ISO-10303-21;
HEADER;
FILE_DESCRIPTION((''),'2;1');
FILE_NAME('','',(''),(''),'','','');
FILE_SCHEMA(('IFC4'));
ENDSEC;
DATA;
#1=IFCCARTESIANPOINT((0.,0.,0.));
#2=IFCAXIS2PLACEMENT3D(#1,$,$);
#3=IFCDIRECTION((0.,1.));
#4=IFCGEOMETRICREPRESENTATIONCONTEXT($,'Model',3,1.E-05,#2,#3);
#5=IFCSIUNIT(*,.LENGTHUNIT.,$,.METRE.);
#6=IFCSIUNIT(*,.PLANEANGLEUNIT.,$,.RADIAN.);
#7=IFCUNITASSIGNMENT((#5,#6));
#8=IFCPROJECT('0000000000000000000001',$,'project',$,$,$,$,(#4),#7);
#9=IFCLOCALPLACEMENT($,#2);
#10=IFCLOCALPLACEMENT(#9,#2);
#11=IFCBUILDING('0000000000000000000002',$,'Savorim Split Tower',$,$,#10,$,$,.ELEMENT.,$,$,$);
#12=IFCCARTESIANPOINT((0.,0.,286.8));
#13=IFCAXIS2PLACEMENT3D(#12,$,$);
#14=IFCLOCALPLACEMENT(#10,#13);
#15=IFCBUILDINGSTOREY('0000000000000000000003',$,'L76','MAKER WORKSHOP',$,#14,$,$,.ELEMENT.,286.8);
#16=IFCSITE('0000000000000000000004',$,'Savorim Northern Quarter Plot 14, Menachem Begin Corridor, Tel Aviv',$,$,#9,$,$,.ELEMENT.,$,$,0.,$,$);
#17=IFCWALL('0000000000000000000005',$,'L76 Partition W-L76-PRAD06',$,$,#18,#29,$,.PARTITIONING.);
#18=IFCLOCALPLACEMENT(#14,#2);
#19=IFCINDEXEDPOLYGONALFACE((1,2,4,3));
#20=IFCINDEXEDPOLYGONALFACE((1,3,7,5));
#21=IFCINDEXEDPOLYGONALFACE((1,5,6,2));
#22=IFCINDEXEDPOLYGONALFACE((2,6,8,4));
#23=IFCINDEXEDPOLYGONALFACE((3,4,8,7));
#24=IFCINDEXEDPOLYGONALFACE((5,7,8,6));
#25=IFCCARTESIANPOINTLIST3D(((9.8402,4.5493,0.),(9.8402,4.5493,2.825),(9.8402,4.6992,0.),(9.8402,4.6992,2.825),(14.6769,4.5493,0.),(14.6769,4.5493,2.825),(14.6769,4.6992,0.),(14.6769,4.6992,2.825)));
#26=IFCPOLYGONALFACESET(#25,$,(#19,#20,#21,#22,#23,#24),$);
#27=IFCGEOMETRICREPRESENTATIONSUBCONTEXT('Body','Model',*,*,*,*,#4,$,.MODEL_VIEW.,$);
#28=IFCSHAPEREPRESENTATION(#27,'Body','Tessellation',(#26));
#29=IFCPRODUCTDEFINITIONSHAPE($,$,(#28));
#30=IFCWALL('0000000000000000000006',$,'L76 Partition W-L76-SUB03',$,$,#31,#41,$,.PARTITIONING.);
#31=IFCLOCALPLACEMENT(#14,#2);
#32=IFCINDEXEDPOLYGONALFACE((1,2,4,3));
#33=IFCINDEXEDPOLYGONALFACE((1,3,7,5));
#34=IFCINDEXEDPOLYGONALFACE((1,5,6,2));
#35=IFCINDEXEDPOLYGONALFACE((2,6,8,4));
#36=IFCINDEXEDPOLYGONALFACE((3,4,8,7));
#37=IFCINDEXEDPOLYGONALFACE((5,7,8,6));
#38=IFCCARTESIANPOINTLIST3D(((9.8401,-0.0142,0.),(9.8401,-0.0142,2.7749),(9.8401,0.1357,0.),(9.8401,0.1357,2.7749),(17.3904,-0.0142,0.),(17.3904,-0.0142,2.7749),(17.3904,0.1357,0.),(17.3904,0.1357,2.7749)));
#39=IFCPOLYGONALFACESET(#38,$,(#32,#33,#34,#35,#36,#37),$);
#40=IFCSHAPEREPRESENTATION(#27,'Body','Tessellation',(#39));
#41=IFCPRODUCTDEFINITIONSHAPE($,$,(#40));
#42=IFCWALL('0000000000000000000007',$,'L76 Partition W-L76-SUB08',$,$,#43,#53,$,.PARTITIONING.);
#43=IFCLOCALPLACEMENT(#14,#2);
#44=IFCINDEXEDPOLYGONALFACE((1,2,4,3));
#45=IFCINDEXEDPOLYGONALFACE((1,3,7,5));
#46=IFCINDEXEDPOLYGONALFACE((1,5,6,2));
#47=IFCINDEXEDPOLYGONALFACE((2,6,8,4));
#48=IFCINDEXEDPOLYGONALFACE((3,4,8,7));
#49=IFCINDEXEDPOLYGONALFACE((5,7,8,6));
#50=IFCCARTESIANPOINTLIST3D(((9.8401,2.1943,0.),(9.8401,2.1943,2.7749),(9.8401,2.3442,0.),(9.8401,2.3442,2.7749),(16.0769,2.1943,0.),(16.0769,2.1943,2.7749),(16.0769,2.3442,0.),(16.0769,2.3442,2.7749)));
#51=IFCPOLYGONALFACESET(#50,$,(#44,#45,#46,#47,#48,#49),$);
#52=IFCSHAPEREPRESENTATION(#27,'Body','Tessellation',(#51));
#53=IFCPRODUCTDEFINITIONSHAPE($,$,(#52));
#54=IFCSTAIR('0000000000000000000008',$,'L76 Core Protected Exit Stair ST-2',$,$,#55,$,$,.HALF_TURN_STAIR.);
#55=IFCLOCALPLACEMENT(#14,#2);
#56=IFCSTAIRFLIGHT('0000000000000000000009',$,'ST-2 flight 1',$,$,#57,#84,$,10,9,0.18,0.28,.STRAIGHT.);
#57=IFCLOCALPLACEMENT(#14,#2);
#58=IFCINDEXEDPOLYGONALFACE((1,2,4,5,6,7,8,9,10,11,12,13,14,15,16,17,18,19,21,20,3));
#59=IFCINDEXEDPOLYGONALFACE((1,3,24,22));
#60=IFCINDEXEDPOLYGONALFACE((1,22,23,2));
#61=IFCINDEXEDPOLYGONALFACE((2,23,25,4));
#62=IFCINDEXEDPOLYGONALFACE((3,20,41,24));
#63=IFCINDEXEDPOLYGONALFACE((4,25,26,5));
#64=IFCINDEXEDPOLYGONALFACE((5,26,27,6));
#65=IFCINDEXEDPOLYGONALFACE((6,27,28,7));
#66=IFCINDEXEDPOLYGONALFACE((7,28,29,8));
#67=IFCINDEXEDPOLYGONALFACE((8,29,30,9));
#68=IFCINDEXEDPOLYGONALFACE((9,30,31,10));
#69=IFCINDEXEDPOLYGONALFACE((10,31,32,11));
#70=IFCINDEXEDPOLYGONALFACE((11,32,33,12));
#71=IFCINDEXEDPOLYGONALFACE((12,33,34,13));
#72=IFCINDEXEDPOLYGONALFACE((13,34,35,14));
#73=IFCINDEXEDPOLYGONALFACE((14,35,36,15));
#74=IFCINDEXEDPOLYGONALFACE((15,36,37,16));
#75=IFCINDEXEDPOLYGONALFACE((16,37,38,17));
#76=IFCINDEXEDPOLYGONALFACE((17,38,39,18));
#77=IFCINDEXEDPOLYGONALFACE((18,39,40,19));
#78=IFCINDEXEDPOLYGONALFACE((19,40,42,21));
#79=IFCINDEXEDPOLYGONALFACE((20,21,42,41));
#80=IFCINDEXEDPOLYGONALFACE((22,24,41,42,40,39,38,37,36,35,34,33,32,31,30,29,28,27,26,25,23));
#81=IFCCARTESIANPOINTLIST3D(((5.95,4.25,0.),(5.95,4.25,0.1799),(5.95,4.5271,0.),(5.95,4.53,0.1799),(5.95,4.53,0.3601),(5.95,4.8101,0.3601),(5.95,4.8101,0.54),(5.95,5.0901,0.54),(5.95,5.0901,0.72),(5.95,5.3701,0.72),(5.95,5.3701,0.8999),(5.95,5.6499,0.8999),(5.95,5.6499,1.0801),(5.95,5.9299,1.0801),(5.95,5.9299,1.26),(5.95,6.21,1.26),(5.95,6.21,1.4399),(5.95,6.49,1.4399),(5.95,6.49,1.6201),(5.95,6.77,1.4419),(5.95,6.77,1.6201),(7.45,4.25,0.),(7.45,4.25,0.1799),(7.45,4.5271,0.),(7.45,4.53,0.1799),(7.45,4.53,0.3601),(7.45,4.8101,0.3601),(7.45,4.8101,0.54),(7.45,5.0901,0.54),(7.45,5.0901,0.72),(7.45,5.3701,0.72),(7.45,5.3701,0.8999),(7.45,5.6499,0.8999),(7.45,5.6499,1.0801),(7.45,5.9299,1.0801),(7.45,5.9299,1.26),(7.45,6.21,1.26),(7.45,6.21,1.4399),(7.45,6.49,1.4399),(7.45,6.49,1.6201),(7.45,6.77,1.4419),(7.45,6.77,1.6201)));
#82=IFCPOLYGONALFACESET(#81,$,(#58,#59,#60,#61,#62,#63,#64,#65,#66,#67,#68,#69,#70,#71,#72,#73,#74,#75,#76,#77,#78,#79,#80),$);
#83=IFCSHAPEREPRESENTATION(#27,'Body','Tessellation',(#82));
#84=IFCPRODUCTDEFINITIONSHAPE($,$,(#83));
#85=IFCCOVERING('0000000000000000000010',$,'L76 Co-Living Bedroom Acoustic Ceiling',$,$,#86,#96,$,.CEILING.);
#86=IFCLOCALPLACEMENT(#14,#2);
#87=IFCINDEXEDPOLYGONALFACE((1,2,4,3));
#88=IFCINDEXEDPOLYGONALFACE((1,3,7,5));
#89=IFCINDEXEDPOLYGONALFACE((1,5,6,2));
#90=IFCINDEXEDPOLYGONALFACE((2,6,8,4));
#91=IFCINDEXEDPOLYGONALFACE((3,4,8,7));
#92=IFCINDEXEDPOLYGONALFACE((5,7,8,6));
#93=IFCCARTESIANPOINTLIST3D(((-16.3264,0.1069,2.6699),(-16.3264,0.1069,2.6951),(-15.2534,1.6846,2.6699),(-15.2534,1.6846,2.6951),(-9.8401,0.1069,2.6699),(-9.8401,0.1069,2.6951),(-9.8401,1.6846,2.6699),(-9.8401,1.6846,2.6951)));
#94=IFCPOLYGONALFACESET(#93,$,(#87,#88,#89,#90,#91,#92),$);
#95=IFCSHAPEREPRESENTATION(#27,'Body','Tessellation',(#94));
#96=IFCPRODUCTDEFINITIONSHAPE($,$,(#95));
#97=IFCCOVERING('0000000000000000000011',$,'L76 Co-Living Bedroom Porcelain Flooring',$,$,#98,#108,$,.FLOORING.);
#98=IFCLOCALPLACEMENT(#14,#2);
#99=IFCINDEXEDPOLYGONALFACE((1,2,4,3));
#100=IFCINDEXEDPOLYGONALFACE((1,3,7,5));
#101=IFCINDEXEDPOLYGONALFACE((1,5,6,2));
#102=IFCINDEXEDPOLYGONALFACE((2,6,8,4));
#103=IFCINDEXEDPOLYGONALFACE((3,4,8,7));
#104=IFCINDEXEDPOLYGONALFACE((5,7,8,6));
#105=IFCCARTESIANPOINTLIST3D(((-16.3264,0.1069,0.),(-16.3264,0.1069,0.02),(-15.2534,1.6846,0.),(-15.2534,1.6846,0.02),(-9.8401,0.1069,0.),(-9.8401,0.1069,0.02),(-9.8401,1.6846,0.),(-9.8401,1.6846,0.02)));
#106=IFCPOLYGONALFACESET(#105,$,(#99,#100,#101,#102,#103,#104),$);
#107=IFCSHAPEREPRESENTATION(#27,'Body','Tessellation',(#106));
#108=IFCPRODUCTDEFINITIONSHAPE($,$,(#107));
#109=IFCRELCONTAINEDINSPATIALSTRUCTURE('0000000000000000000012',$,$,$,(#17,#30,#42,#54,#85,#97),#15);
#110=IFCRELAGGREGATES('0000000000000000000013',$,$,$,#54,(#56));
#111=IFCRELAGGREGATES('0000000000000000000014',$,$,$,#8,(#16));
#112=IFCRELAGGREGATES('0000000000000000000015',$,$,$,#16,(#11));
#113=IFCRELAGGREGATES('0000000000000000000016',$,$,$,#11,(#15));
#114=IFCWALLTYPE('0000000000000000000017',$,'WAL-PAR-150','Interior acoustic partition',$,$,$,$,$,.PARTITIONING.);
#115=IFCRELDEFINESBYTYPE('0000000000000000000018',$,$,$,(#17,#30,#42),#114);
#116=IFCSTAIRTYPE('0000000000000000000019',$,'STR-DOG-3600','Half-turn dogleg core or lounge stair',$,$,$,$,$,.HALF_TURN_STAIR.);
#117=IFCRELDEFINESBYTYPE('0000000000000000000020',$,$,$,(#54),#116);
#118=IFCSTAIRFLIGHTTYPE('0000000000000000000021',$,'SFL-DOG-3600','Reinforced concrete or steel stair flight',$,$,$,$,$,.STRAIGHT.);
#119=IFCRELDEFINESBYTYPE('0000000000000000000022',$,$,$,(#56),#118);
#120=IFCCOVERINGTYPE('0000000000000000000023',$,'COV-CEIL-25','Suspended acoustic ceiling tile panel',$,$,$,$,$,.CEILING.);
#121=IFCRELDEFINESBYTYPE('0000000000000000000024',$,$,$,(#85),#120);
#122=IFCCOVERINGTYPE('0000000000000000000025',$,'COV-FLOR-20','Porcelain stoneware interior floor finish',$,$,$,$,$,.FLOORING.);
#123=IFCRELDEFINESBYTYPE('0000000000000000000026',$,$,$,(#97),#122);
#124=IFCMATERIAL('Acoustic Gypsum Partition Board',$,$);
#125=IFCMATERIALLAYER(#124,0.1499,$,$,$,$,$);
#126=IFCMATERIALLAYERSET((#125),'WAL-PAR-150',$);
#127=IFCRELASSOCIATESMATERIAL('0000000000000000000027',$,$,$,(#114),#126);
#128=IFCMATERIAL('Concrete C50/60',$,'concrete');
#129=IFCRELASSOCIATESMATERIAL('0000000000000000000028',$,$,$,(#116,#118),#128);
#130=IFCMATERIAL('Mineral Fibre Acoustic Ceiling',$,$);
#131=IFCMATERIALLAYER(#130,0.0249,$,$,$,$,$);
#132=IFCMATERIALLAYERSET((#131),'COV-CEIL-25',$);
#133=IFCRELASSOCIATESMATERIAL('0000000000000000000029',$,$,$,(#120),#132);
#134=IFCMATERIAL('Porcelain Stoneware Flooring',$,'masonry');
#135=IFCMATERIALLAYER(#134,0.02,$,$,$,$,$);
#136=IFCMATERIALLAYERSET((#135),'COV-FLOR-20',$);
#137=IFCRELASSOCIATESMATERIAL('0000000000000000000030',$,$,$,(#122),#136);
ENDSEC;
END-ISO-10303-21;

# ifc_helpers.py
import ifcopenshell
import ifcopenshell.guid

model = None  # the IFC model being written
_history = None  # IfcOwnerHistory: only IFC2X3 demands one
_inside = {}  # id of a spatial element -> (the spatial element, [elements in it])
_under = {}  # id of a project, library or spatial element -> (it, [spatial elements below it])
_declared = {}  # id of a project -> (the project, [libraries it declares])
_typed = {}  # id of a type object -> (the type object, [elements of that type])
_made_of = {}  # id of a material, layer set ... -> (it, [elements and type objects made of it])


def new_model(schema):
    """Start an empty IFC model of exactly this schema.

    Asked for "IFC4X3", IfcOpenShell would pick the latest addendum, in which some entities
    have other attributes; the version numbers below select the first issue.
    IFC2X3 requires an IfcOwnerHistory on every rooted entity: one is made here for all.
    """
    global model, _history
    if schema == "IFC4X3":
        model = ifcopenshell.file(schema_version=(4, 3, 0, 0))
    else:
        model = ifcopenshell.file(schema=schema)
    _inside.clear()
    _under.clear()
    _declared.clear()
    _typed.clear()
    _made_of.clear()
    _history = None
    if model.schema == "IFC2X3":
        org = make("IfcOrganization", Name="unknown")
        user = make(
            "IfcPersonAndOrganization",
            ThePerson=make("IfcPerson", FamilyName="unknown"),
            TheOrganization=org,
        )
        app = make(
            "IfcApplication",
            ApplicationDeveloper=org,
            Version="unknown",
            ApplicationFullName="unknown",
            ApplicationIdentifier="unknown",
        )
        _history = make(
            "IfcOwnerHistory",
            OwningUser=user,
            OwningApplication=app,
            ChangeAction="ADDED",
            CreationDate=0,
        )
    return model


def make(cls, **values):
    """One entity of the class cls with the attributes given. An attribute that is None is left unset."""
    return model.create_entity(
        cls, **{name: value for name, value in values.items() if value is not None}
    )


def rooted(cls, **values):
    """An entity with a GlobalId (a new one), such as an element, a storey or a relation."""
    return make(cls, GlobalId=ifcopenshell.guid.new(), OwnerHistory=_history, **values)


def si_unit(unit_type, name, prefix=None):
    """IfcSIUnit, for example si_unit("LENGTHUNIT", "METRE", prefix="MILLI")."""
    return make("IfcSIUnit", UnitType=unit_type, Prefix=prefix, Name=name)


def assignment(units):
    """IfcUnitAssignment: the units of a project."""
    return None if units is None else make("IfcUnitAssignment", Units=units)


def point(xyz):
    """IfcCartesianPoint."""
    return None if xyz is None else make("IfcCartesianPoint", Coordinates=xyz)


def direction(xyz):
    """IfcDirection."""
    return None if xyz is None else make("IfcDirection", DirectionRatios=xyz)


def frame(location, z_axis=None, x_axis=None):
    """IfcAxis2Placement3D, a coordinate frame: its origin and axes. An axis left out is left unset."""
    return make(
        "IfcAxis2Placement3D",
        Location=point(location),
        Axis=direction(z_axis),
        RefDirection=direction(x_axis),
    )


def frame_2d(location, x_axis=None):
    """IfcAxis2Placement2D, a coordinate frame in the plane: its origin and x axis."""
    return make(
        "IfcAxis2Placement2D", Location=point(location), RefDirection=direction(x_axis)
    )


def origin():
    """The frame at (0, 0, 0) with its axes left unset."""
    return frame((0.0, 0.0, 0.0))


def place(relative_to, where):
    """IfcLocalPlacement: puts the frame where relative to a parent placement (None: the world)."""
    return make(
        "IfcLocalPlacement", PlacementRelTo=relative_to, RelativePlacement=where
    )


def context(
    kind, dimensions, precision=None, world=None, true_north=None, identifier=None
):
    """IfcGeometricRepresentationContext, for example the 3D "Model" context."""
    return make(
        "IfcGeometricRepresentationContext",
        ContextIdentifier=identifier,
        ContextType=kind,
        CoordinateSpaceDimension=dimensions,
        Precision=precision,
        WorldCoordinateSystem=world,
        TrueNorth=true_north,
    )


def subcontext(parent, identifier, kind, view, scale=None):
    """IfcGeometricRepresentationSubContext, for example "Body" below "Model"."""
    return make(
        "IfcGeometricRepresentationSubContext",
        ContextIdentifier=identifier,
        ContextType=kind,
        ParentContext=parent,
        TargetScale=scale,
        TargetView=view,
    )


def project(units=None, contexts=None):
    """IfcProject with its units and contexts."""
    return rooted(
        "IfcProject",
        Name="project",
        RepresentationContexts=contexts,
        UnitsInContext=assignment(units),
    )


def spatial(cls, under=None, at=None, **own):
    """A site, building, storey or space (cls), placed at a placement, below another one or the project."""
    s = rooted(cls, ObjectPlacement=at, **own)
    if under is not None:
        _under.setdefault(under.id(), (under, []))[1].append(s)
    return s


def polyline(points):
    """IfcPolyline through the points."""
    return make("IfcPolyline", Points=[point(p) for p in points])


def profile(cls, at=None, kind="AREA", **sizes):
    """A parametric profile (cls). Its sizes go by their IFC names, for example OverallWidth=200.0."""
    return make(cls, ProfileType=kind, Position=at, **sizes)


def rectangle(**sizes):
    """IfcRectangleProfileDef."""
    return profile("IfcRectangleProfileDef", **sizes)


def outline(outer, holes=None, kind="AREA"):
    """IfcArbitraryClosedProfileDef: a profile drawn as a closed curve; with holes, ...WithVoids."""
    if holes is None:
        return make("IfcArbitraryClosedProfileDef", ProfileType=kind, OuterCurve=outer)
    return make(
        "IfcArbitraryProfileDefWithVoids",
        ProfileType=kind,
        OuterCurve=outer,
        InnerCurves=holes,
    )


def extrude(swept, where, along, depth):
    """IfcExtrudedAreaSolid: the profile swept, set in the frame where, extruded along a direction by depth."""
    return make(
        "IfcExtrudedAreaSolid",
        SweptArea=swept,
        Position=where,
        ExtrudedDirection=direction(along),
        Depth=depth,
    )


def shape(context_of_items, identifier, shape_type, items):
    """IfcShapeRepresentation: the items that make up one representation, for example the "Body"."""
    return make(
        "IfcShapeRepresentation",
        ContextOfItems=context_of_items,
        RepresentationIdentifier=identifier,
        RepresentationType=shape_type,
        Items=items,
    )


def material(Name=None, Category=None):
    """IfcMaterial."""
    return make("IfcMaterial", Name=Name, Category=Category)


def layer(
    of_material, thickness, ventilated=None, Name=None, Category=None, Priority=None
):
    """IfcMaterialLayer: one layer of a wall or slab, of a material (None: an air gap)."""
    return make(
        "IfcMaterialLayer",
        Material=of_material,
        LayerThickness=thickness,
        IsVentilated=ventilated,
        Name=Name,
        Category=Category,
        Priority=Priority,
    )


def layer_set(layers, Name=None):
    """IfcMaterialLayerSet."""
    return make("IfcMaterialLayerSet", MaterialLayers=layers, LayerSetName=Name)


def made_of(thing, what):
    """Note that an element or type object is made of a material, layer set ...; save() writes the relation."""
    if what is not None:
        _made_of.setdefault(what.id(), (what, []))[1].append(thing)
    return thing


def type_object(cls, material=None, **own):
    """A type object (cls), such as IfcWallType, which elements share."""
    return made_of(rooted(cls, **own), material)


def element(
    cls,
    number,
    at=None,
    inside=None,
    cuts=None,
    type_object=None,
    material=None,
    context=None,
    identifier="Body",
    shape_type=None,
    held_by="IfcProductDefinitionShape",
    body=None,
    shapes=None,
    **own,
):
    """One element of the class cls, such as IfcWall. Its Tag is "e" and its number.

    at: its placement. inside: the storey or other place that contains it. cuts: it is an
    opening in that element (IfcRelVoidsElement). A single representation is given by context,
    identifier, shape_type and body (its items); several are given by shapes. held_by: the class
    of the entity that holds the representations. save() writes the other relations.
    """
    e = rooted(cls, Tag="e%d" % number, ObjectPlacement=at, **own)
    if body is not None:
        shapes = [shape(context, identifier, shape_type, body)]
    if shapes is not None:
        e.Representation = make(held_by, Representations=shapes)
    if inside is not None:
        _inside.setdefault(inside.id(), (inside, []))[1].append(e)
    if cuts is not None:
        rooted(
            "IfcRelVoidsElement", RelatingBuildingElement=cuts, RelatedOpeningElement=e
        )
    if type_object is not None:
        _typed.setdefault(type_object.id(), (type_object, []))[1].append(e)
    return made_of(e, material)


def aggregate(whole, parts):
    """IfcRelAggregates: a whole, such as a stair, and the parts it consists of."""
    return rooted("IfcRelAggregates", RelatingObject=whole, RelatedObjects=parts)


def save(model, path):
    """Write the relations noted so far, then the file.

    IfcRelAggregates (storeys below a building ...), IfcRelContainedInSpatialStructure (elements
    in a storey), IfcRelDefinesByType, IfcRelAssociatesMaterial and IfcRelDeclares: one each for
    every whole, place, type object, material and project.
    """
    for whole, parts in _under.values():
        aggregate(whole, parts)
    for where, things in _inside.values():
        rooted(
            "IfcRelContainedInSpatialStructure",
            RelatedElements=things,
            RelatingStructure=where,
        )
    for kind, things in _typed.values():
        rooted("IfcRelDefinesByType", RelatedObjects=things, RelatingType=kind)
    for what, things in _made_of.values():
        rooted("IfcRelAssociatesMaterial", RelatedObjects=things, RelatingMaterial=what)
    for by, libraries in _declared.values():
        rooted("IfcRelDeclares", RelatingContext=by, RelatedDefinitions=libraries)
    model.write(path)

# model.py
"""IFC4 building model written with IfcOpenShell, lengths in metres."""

from ifc_helpers import new_model, si_unit, direction, frame, frame_2d, origin, place, context, subcontext, project, spatial, polyline, rectangle, outline, extrude, material, layer, layer_set, type_object, element, aggregate, save


model = new_model("IFC4")

# Units and contexts
model_context = context("Model", 3, precision=1e-05, world=origin(), true_north=direction((0.0, 1.0)))
body_context = subcontext(model_context, "Body", "Model", "MODEL_VIEW")
ifc_project = project(units=[si_unit("LENGTHUNIT", "METRE"), si_unit("PLANEANGLEUNIT", "RADIAN")], contexts=[model_context])

# Site, building, storey
site_placement = place(None, origin())
site = spatial("IfcSite", under=ifc_project, at=site_placement, Name="Savorim Northern Quarter Plot 14, Menachem Begin Corridor, Tel Aviv", CompositionType="ELEMENT", RefElevation=0.0)
building_placement = place(site_placement, origin())
building = spatial("IfcBuilding", under=site, at=building_placement, Name="Savorim Split Tower", CompositionType="ELEMENT")
storey_placement = place(building_placement, frame((0.0, 0.0, 286.8)))
storey = spatial("IfcBuildingStorey", under=building, at=storey_placement, Name="L76", Description="MAKER WORKSHOP", CompositionType="ELEMENT", Elevation=286.8)

# Shared definitions
ifc_material_1 = material(Name="Concrete C50/60", Category="concrete")

# Walls
ifc_material_2 = material(Name="Acoustic Gypsum Partition Board")
ifc_layer_1 = layer(ifc_material_2, 0.1499)
ifc_layer_set_1 = layer_set([ifc_layer_1], Name="WAL-PAR-150")
wall_type_1 = type_object("IfcWallType", Name="WAL-PAR-150", Description="Interior acoustic partition", PredefinedType="PARTITIONING", material=ifc_layer_set_1)
wall_1_placement = place(storey_placement, frame((9.8401, 4.6243, 0.0), z_axis=(0.0, 0.0, 1.0), x_axis=(1.0, 0.0, 0.0)))
element("IfcWall", 1, at=wall_1_placement, inside=storey, type_object=wall_type_1, Name="L76 Partition W-L76-PRAD06", PredefinedType="PARTITIONING", context=body_context, shape_type="SweptSolid", body=[
    extrude(rectangle(XDim=4.8367, YDim=0.1499, at=frame_2d((2.4185, 0.0))), origin(), (0.0, 0.0, 1.0), 2.825),
])
wall_2_placement = place(storey_placement, frame((9.8401, 0.0608, 0.0), z_axis=(0.0, 0.0, 1.0), x_axis=(1.0, 0.0, 0.0)))
element("IfcWall", 2, at=wall_2_placement, inside=storey, type_object=wall_type_1, Name="L76 Partition W-L76-SUB03", PredefinedType="PARTITIONING", context=body_context, shape_type="SweptSolid", body=[
    extrude(rectangle(XDim=7.5503, YDim=0.1499, at=frame_2d((3.7751, 0.0))), origin(), (0.0, 0.0, 1.0), 2.7749),
])
wall_3_placement = place(storey_placement, frame((9.8401, 2.2693, 0.0), z_axis=(0.0, 0.0, 1.0), x_axis=(1.0, 0.0, 0.0)))
element("IfcWall", 3, at=wall_3_placement, inside=storey, type_object=wall_type_1, Name="L76 Partition W-L76-SUB08", PredefinedType="PARTITIONING", context=body_context, shape_type="SweptSolid", body=[
    extrude(rectangle(XDim=6.2368, YDim=0.1499, at=frame_2d((3.1184, 0.0))), origin(), (0.0, 0.0, 1.0), 2.7749),
])

# Stair, stair flight
stair_type = type_object("IfcStairType", Name="STR-DOG-3600", Description="Half-turn dogleg core or lounge stair", PredefinedType="HALF_TURN_STAIR", material=ifc_material_1)
stair_placement = place(storey_placement, origin())
stair = element("IfcStair", 4, at=stair_placement, inside=storey, type_object=stair_type, Name="L76 Core Protected Exit Stair ST-2", PredefinedType="HALF_TURN_STAIR")
stair_flight_type = type_object("IfcStairFlightType", Name="SFL-DOG-3600", Description="Reinforced concrete or steel stair flight", PredefinedType="STRAIGHT", material=ifc_material_1)
stair_flight_placement = place(storey_placement, frame((6.7, 4.25, 0.0), z_axis=(0.0, 0.0, 1.0), x_axis=(0.0, 1.0, 0.0)))
stair_flight = element("IfcStairFlight", 5, at=stair_flight_placement, type_object=stair_flight_type, Name="ST-2 flight 1", NumberOfRisers=10, NumberOfTreads=9, PredefinedType="STRAIGHT", RiserHeight=0.18, TreadLength=0.28, context=body_context, shape_type="SweptSolid", body=[
    extrude(outline(polyline([(0.0, 0.0), (0.0, 0.1799), (0.28, 0.1799), (0.28, 0.3601), (0.5601, 0.3601), (0.5601, 0.54), (0.8401, 0.54), (0.8401, 0.72), (1.1201, 0.72), (1.1201, 0.8999), (1.3999, 0.8999), (1.3999, 1.0801), (1.6799, 1.0801), (1.6799, 1.26), (1.96, 1.26), (1.96, 1.4399), (2.24, 1.4399), (2.24, 1.6201), (2.52, 1.6201), (2.52, 1.8), (2.52, 1.4419), (0.2771, 0.0), (0.0, 0.0)])), frame((0.0, 0.75, 0.0), z_axis=(0.0, -1.0, 0.0), x_axis=(1.0, 0.0, 0.0)), (0.0, 0.0, 1.0), 1.5),
])
aggregate(stair, [stair_flight])

# Coverings
ifc_material_3 = material(Name="Mineral Fibre Acoustic Ceiling")
ifc_layer_2 = layer(ifc_material_3, 0.0249)
ifc_layer_set_2 = layer_set([ifc_layer_2], Name="COV-CEIL-25")
covering_type_1 = type_object("IfcCoveringType", Name="COV-CEIL-25", Description="Suspended acoustic ceiling tile panel", PredefinedType="CEILING", material=ifc_layer_set_2)
covering_1_placement = place(storey_placement, frame((0.0, 0.0, 2.6699)))
element("IfcCovering", 6, at=covering_1_placement, inside=storey, type_object=covering_type_1, Name="L76 Co-Living Bedroom Acoustic Ceiling", PredefinedType="CEILING", context=body_context, shape_type="SweptSolid", body=[
    extrude(outline(polyline([(-15.2534, 1.6846), (-16.3264, 0.1069), (-9.8401, 0.1069), (-9.8401, 1.6846), (-15.2534, 1.6846)])), origin(), (0.0, 0.0, 1.0), 0.0251),
])
ifc_material_4 = material(Name="Porcelain Stoneware Flooring", Category="masonry")
ifc_layer_3 = layer(ifc_material_4, 0.02)
ifc_layer_set_3 = layer_set([ifc_layer_3], Name="COV-FLOR-20")
covering_type_2 = type_object("IfcCoveringType", Name="COV-FLOR-20", Description="Porcelain stoneware interior floor finish", PredefinedType="FLOORING", material=ifc_layer_set_3)
covering_2_placement = place(storey_placement, origin())
element("IfcCovering", 7, at=covering_2_placement, inside=storey, type_object=covering_type_2, Name="L76 Co-Living Bedroom Porcelain Flooring", PredefinedType="FLOORING", context=body_context, shape_type="SweptSolid", body=[
    extrude(outline(polyline([(-15.2534, 1.6846), (-16.3264, 0.1069), (-9.8401, 0.1069), (-9.8401, 1.6846), (-15.2534, 1.6846)])), origin(), (0.0, 0.0, 1.0), 0.02),
])

save(model, "model.ifc")
